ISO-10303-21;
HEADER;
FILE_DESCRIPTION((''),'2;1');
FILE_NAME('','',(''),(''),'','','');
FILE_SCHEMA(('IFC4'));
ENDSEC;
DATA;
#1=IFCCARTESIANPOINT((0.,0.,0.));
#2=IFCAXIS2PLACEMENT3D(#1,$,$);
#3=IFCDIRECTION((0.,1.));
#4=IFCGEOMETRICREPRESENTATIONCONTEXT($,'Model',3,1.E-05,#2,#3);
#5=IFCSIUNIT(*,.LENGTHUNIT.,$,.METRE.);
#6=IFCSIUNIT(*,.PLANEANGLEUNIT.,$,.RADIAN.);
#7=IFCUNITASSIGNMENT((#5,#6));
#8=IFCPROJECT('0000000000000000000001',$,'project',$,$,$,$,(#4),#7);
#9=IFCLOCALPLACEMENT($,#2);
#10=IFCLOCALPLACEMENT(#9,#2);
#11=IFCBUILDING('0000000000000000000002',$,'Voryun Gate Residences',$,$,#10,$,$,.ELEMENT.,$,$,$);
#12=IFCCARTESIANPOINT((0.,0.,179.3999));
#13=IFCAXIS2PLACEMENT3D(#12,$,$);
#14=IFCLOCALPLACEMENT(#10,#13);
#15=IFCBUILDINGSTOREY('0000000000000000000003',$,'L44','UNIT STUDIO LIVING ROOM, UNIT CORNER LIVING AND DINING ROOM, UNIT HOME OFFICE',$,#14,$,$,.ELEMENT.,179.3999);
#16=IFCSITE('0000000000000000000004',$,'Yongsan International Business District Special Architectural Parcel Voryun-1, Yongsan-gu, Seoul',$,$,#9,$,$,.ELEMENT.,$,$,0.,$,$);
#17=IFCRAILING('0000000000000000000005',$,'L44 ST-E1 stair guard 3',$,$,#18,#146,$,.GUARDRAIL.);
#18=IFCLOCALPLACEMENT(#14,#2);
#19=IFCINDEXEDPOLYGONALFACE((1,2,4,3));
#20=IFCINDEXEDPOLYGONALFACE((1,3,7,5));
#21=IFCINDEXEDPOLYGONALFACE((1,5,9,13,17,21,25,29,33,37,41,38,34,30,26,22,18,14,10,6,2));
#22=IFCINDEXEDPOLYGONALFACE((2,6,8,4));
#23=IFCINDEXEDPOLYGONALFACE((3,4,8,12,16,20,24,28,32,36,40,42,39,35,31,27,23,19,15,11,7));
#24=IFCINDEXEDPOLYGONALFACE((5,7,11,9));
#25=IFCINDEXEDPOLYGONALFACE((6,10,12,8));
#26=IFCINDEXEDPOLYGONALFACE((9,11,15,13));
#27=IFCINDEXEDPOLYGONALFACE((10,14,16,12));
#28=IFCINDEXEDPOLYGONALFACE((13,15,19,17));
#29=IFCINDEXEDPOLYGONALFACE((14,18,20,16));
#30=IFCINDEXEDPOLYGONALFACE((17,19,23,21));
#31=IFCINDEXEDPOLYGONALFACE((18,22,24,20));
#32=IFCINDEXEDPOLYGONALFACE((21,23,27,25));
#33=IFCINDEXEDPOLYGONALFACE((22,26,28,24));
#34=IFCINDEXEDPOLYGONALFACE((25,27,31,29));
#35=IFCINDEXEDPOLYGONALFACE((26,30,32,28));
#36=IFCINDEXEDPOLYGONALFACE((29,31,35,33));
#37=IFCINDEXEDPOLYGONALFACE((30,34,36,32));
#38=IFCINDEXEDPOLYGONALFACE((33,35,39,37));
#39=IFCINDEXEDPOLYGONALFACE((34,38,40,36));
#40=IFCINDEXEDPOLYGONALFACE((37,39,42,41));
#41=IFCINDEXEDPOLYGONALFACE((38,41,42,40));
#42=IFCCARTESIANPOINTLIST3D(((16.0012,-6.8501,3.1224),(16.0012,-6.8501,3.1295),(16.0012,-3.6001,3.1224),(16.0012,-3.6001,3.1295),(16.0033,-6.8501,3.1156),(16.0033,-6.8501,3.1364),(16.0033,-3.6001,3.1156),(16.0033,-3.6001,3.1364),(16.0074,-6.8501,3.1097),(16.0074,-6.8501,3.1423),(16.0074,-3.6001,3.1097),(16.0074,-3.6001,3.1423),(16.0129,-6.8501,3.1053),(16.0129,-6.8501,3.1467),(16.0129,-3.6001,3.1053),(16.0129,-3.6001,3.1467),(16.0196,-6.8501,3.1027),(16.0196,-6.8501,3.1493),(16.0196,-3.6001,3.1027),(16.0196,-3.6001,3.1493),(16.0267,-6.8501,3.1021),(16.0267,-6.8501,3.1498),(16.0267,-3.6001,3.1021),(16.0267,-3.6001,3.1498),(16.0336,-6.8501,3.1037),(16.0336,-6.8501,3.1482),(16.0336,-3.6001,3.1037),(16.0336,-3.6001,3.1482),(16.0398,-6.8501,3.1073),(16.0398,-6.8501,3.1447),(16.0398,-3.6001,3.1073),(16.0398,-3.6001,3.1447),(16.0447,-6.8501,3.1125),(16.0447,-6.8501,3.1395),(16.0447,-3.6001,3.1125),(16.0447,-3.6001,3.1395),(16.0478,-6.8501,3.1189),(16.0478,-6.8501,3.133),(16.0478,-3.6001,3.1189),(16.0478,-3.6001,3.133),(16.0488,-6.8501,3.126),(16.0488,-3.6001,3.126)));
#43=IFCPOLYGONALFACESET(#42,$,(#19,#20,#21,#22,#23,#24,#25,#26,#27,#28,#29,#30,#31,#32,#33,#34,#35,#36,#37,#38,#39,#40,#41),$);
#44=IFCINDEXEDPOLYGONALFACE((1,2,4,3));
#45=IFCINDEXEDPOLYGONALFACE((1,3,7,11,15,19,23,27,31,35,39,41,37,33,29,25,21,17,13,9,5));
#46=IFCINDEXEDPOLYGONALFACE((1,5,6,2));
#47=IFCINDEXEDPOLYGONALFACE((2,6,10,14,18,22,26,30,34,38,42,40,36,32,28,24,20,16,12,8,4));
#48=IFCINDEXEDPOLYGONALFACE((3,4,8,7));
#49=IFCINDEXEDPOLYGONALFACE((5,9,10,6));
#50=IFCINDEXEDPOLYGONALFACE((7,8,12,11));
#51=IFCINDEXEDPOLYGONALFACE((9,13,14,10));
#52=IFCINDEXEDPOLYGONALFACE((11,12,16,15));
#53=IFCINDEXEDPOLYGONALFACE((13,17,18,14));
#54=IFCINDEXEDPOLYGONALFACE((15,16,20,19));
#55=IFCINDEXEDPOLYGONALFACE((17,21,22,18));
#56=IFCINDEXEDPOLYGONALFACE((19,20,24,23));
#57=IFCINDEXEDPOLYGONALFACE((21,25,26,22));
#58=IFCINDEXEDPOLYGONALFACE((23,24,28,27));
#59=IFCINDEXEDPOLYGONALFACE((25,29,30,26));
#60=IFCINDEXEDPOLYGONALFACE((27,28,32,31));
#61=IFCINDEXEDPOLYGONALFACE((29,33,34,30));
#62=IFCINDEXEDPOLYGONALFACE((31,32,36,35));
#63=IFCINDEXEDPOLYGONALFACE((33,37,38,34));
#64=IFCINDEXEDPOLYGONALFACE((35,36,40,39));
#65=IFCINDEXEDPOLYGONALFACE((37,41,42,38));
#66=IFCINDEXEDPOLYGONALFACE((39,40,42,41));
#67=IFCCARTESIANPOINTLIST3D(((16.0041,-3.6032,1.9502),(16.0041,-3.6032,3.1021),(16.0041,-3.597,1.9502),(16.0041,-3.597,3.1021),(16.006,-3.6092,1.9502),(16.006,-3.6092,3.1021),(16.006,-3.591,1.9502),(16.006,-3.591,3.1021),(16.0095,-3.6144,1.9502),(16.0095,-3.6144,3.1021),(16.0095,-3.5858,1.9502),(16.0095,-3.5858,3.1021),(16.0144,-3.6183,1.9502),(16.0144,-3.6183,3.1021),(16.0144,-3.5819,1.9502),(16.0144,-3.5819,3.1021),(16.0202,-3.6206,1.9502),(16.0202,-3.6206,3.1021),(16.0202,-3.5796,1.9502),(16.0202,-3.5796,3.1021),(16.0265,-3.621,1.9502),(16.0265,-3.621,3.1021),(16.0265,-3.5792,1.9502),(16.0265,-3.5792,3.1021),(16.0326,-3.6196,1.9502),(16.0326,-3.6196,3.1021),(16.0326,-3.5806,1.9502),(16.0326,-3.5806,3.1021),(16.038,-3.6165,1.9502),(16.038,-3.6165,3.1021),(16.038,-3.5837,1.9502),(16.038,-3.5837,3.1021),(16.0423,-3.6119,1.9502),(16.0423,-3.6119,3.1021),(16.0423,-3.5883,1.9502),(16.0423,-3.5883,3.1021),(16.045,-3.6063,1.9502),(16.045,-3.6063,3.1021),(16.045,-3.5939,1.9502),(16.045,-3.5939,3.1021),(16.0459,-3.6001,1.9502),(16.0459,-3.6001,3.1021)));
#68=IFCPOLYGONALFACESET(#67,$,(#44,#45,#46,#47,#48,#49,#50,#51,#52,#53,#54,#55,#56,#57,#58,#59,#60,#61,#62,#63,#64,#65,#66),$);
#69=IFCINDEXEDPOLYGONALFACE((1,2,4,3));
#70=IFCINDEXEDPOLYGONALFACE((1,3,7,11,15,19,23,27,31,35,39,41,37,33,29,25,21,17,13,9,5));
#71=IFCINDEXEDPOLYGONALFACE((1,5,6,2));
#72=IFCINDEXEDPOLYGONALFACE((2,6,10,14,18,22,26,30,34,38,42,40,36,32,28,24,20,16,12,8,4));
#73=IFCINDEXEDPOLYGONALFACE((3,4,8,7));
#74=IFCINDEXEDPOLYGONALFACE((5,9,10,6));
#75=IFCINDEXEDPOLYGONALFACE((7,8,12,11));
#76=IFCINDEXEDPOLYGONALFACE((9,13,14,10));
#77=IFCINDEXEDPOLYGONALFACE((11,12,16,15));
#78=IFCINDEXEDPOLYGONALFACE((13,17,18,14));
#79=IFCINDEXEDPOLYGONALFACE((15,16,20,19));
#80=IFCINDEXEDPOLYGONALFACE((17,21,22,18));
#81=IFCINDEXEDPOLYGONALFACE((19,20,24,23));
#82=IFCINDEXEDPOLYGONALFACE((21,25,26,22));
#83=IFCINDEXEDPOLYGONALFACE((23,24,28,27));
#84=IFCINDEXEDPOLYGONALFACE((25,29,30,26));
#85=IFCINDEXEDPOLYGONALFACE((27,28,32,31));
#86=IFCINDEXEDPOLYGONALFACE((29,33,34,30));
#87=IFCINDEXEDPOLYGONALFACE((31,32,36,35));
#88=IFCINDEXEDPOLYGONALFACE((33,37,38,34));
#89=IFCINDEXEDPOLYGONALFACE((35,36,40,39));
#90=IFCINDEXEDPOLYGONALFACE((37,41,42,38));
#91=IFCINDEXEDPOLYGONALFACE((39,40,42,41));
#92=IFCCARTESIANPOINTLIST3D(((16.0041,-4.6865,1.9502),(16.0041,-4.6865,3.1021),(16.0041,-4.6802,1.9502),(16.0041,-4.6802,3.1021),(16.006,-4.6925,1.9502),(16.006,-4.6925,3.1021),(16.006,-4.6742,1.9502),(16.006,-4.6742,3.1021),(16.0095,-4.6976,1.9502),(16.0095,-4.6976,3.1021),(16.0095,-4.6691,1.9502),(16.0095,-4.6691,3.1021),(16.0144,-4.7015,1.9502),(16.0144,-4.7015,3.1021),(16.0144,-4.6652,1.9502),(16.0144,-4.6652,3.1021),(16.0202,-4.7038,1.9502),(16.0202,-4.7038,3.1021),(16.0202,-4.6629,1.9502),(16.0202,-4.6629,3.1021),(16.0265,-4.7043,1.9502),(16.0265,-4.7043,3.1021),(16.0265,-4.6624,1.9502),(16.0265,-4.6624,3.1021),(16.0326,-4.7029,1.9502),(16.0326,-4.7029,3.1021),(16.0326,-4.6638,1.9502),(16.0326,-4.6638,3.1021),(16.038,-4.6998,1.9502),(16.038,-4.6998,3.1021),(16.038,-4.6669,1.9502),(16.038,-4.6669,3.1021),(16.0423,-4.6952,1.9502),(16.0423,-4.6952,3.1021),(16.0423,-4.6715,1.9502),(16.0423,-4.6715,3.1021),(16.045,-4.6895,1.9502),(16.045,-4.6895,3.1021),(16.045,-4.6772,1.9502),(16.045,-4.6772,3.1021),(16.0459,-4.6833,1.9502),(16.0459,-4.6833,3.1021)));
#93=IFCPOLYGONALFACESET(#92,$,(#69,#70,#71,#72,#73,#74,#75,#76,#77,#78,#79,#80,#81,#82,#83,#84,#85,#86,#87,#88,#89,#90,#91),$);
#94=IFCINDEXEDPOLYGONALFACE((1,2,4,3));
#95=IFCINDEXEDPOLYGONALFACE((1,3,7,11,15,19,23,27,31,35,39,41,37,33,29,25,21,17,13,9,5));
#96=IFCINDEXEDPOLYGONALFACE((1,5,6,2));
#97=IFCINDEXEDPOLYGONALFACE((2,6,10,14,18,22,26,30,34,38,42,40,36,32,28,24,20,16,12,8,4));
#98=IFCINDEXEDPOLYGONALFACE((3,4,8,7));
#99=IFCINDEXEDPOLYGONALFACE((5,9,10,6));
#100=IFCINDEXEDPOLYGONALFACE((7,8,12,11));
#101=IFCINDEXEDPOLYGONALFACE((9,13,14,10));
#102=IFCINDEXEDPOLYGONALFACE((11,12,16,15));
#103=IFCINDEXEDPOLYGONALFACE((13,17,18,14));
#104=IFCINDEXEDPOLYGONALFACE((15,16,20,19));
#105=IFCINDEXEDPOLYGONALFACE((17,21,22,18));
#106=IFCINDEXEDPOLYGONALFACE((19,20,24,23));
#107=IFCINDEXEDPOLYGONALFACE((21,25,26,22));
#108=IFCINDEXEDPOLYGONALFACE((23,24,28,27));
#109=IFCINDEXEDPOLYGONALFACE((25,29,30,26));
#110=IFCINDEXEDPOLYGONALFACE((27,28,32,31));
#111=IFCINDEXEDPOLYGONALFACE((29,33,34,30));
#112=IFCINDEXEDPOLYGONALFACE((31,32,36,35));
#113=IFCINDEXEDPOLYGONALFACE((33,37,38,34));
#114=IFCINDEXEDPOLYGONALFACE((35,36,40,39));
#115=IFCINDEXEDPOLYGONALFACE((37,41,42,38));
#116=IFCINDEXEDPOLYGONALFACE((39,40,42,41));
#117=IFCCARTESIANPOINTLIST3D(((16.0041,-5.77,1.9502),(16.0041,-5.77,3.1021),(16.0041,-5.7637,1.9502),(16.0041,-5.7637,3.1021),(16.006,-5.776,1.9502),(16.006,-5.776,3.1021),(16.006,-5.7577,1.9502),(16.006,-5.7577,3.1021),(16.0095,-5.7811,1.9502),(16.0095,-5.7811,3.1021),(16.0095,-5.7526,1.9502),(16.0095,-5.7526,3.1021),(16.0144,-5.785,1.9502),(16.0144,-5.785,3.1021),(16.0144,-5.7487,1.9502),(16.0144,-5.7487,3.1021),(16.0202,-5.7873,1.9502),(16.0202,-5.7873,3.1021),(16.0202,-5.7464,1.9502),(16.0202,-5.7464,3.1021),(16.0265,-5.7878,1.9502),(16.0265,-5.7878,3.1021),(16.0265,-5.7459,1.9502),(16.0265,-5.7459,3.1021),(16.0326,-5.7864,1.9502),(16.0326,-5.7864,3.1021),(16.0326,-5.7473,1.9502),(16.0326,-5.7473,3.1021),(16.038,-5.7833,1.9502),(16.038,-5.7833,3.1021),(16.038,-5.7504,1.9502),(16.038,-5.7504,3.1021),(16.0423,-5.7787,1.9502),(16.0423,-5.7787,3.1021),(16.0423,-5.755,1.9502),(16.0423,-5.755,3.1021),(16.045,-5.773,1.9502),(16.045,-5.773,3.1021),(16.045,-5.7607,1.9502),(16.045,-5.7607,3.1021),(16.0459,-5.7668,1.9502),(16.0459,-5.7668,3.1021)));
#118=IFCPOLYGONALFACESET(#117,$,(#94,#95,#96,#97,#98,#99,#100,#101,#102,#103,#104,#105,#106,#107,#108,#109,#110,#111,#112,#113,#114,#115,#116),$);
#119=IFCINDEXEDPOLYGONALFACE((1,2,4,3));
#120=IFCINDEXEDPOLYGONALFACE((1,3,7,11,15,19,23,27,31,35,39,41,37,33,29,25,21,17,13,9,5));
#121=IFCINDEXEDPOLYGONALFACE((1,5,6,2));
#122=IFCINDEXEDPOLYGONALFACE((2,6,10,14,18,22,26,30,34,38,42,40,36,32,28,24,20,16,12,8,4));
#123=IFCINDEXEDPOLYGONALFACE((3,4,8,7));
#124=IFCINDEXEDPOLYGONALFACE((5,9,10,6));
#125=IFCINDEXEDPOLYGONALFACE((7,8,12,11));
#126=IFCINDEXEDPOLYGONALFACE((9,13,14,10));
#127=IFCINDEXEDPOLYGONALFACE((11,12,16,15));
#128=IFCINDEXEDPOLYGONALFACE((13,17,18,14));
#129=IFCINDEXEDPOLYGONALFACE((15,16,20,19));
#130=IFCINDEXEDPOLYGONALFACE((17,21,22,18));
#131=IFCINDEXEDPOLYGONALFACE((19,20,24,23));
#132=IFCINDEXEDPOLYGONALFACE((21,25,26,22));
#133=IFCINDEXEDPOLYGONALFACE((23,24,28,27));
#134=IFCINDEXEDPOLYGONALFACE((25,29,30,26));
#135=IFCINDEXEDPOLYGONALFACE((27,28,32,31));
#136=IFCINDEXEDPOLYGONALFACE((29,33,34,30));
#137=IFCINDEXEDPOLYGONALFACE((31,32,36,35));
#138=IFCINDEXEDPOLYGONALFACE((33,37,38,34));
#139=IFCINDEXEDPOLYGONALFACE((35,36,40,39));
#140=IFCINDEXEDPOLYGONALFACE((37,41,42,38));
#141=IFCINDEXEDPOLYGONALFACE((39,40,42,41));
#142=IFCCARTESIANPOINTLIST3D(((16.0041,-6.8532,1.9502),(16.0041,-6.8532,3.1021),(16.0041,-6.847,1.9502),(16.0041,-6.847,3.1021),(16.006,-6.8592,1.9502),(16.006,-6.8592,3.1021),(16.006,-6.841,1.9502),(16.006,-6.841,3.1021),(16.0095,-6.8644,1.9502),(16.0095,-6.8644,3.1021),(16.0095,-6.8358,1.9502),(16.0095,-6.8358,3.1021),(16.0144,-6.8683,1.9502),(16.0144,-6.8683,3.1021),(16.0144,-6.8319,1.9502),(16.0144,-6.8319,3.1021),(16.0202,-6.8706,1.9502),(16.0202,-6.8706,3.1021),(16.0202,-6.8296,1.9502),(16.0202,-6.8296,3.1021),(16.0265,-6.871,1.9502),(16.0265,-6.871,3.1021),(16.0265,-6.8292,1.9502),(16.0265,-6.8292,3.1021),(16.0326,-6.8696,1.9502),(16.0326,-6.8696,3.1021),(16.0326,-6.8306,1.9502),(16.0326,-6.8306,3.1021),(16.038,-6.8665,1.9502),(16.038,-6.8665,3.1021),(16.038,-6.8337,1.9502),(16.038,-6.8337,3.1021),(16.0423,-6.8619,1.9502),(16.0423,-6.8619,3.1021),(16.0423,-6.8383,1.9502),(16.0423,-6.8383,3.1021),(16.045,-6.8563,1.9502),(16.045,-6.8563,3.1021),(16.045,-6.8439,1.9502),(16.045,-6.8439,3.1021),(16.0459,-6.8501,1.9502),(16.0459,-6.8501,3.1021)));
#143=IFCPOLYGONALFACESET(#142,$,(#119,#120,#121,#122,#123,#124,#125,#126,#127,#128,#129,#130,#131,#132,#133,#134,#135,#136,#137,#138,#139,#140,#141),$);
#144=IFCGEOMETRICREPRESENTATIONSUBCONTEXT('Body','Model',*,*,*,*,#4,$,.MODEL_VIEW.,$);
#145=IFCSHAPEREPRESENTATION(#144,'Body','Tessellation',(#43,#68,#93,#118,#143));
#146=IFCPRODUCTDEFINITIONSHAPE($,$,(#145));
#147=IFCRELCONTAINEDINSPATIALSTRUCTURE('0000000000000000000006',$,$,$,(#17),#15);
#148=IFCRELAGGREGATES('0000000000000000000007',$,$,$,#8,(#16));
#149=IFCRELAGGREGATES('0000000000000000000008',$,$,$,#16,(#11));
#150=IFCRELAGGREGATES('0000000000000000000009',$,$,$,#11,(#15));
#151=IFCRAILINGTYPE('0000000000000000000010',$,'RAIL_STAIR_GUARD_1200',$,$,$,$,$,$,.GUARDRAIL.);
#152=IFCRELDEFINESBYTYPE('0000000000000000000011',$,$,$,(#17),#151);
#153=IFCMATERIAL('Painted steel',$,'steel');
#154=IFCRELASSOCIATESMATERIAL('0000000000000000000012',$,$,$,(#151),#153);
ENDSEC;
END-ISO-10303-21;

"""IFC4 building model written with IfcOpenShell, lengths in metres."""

from ifc_helpers import new_model, si_unit, direction, frame, origin, origin_2d, place, context, subcontext, project, spatial, circle, extrude, material, type_object, element, save


model = new_model("IFC4")

# Units and contexts
model_context = context("Model", 3, precision=1e-05, world=origin(), true_north=direction((0.0, 1.0)))
body_context = subcontext(model_context, "Body", "Model", "MODEL_VIEW")
ifc_project = project(units=[si_unit("LENGTHUNIT", "METRE"), si_unit("PLANEANGLEUNIT", "RADIAN")], contexts=[model_context])

# Site, building, storey
site_placement = place(None, origin())
site = spatial("IfcSite", under=ifc_project, at=site_placement, Name="Yongsan International Business District Special Architectural Parcel Voryun-1, Yongsan-gu, Seoul", CompositionType="ELEMENT", RefElevation=0.0)
building_placement = place(site_placement, origin())
building = spatial("IfcBuilding", under=site, at=building_placement, Name="Voryun Gate Residences", CompositionType="ELEMENT")
storey_placement = place(building_placement, frame((0.0, 0.0, 179.3999)))
storey = spatial("IfcBuildingStorey", under=building, at=storey_placement, Name="L44", Description="UNIT STUDIO LIVING ROOM, UNIT CORNER LIVING AND DINING ROOM, UNIT HOME OFFICE", CompositionType="ELEMENT", Elevation=179.3999)

# Railing
ifc_material_1 = material(Name="Painted steel", Category="steel")
railing_type_1 = type_object("IfcRailingType", Name="RAIL_STAIR_GUARD_1200", PredefinedType="GUARDRAIL", material=ifc_material_1)
for number, where, name in (
    (1, (16.0249, -3.6001, 1.9502), "L44 ST-E1 stair guard 3"),
):
    element("IfcRailing", number, at=place(storey_placement, frame(where)), inside=storey, type_object=railing_type_1, Name=name, PredefinedType="GUARDRAIL", context=body_context, shape_type="SweptSolid", body=[
        extrude(circle(Radius=0.0239, at=origin_2d()), frame((0.0, 0.0, 1.1758), z_axis=(0.0, -1.0, 0.0), x_axis=(1.0, 0.0, 0.0)), (0.0, 0.0, 1.0), 3.25),
        extrude(circle(Radius=0.021, at=origin_2d()), origin(), (0.0, 0.0, 1.0), 1.1519),
        extrude(circle(Radius=0.021, at=origin_2d()), frame((0.0, -1.0833, 0.0)), (0.0, 0.0, 1.0), 1.1519),
        extrude(circle(Radius=0.021, at=origin_2d()), frame((0.0, -2.1667, 0.0)), (0.0, 0.0, 1.0), 1.1519),
        extrude(circle(Radius=0.021, at=origin_2d()), frame((0.0, -3.25, 0.0)), (0.0, 0.0, 1.0), 1.1519),
    ])

save(model, "model.ifc")
